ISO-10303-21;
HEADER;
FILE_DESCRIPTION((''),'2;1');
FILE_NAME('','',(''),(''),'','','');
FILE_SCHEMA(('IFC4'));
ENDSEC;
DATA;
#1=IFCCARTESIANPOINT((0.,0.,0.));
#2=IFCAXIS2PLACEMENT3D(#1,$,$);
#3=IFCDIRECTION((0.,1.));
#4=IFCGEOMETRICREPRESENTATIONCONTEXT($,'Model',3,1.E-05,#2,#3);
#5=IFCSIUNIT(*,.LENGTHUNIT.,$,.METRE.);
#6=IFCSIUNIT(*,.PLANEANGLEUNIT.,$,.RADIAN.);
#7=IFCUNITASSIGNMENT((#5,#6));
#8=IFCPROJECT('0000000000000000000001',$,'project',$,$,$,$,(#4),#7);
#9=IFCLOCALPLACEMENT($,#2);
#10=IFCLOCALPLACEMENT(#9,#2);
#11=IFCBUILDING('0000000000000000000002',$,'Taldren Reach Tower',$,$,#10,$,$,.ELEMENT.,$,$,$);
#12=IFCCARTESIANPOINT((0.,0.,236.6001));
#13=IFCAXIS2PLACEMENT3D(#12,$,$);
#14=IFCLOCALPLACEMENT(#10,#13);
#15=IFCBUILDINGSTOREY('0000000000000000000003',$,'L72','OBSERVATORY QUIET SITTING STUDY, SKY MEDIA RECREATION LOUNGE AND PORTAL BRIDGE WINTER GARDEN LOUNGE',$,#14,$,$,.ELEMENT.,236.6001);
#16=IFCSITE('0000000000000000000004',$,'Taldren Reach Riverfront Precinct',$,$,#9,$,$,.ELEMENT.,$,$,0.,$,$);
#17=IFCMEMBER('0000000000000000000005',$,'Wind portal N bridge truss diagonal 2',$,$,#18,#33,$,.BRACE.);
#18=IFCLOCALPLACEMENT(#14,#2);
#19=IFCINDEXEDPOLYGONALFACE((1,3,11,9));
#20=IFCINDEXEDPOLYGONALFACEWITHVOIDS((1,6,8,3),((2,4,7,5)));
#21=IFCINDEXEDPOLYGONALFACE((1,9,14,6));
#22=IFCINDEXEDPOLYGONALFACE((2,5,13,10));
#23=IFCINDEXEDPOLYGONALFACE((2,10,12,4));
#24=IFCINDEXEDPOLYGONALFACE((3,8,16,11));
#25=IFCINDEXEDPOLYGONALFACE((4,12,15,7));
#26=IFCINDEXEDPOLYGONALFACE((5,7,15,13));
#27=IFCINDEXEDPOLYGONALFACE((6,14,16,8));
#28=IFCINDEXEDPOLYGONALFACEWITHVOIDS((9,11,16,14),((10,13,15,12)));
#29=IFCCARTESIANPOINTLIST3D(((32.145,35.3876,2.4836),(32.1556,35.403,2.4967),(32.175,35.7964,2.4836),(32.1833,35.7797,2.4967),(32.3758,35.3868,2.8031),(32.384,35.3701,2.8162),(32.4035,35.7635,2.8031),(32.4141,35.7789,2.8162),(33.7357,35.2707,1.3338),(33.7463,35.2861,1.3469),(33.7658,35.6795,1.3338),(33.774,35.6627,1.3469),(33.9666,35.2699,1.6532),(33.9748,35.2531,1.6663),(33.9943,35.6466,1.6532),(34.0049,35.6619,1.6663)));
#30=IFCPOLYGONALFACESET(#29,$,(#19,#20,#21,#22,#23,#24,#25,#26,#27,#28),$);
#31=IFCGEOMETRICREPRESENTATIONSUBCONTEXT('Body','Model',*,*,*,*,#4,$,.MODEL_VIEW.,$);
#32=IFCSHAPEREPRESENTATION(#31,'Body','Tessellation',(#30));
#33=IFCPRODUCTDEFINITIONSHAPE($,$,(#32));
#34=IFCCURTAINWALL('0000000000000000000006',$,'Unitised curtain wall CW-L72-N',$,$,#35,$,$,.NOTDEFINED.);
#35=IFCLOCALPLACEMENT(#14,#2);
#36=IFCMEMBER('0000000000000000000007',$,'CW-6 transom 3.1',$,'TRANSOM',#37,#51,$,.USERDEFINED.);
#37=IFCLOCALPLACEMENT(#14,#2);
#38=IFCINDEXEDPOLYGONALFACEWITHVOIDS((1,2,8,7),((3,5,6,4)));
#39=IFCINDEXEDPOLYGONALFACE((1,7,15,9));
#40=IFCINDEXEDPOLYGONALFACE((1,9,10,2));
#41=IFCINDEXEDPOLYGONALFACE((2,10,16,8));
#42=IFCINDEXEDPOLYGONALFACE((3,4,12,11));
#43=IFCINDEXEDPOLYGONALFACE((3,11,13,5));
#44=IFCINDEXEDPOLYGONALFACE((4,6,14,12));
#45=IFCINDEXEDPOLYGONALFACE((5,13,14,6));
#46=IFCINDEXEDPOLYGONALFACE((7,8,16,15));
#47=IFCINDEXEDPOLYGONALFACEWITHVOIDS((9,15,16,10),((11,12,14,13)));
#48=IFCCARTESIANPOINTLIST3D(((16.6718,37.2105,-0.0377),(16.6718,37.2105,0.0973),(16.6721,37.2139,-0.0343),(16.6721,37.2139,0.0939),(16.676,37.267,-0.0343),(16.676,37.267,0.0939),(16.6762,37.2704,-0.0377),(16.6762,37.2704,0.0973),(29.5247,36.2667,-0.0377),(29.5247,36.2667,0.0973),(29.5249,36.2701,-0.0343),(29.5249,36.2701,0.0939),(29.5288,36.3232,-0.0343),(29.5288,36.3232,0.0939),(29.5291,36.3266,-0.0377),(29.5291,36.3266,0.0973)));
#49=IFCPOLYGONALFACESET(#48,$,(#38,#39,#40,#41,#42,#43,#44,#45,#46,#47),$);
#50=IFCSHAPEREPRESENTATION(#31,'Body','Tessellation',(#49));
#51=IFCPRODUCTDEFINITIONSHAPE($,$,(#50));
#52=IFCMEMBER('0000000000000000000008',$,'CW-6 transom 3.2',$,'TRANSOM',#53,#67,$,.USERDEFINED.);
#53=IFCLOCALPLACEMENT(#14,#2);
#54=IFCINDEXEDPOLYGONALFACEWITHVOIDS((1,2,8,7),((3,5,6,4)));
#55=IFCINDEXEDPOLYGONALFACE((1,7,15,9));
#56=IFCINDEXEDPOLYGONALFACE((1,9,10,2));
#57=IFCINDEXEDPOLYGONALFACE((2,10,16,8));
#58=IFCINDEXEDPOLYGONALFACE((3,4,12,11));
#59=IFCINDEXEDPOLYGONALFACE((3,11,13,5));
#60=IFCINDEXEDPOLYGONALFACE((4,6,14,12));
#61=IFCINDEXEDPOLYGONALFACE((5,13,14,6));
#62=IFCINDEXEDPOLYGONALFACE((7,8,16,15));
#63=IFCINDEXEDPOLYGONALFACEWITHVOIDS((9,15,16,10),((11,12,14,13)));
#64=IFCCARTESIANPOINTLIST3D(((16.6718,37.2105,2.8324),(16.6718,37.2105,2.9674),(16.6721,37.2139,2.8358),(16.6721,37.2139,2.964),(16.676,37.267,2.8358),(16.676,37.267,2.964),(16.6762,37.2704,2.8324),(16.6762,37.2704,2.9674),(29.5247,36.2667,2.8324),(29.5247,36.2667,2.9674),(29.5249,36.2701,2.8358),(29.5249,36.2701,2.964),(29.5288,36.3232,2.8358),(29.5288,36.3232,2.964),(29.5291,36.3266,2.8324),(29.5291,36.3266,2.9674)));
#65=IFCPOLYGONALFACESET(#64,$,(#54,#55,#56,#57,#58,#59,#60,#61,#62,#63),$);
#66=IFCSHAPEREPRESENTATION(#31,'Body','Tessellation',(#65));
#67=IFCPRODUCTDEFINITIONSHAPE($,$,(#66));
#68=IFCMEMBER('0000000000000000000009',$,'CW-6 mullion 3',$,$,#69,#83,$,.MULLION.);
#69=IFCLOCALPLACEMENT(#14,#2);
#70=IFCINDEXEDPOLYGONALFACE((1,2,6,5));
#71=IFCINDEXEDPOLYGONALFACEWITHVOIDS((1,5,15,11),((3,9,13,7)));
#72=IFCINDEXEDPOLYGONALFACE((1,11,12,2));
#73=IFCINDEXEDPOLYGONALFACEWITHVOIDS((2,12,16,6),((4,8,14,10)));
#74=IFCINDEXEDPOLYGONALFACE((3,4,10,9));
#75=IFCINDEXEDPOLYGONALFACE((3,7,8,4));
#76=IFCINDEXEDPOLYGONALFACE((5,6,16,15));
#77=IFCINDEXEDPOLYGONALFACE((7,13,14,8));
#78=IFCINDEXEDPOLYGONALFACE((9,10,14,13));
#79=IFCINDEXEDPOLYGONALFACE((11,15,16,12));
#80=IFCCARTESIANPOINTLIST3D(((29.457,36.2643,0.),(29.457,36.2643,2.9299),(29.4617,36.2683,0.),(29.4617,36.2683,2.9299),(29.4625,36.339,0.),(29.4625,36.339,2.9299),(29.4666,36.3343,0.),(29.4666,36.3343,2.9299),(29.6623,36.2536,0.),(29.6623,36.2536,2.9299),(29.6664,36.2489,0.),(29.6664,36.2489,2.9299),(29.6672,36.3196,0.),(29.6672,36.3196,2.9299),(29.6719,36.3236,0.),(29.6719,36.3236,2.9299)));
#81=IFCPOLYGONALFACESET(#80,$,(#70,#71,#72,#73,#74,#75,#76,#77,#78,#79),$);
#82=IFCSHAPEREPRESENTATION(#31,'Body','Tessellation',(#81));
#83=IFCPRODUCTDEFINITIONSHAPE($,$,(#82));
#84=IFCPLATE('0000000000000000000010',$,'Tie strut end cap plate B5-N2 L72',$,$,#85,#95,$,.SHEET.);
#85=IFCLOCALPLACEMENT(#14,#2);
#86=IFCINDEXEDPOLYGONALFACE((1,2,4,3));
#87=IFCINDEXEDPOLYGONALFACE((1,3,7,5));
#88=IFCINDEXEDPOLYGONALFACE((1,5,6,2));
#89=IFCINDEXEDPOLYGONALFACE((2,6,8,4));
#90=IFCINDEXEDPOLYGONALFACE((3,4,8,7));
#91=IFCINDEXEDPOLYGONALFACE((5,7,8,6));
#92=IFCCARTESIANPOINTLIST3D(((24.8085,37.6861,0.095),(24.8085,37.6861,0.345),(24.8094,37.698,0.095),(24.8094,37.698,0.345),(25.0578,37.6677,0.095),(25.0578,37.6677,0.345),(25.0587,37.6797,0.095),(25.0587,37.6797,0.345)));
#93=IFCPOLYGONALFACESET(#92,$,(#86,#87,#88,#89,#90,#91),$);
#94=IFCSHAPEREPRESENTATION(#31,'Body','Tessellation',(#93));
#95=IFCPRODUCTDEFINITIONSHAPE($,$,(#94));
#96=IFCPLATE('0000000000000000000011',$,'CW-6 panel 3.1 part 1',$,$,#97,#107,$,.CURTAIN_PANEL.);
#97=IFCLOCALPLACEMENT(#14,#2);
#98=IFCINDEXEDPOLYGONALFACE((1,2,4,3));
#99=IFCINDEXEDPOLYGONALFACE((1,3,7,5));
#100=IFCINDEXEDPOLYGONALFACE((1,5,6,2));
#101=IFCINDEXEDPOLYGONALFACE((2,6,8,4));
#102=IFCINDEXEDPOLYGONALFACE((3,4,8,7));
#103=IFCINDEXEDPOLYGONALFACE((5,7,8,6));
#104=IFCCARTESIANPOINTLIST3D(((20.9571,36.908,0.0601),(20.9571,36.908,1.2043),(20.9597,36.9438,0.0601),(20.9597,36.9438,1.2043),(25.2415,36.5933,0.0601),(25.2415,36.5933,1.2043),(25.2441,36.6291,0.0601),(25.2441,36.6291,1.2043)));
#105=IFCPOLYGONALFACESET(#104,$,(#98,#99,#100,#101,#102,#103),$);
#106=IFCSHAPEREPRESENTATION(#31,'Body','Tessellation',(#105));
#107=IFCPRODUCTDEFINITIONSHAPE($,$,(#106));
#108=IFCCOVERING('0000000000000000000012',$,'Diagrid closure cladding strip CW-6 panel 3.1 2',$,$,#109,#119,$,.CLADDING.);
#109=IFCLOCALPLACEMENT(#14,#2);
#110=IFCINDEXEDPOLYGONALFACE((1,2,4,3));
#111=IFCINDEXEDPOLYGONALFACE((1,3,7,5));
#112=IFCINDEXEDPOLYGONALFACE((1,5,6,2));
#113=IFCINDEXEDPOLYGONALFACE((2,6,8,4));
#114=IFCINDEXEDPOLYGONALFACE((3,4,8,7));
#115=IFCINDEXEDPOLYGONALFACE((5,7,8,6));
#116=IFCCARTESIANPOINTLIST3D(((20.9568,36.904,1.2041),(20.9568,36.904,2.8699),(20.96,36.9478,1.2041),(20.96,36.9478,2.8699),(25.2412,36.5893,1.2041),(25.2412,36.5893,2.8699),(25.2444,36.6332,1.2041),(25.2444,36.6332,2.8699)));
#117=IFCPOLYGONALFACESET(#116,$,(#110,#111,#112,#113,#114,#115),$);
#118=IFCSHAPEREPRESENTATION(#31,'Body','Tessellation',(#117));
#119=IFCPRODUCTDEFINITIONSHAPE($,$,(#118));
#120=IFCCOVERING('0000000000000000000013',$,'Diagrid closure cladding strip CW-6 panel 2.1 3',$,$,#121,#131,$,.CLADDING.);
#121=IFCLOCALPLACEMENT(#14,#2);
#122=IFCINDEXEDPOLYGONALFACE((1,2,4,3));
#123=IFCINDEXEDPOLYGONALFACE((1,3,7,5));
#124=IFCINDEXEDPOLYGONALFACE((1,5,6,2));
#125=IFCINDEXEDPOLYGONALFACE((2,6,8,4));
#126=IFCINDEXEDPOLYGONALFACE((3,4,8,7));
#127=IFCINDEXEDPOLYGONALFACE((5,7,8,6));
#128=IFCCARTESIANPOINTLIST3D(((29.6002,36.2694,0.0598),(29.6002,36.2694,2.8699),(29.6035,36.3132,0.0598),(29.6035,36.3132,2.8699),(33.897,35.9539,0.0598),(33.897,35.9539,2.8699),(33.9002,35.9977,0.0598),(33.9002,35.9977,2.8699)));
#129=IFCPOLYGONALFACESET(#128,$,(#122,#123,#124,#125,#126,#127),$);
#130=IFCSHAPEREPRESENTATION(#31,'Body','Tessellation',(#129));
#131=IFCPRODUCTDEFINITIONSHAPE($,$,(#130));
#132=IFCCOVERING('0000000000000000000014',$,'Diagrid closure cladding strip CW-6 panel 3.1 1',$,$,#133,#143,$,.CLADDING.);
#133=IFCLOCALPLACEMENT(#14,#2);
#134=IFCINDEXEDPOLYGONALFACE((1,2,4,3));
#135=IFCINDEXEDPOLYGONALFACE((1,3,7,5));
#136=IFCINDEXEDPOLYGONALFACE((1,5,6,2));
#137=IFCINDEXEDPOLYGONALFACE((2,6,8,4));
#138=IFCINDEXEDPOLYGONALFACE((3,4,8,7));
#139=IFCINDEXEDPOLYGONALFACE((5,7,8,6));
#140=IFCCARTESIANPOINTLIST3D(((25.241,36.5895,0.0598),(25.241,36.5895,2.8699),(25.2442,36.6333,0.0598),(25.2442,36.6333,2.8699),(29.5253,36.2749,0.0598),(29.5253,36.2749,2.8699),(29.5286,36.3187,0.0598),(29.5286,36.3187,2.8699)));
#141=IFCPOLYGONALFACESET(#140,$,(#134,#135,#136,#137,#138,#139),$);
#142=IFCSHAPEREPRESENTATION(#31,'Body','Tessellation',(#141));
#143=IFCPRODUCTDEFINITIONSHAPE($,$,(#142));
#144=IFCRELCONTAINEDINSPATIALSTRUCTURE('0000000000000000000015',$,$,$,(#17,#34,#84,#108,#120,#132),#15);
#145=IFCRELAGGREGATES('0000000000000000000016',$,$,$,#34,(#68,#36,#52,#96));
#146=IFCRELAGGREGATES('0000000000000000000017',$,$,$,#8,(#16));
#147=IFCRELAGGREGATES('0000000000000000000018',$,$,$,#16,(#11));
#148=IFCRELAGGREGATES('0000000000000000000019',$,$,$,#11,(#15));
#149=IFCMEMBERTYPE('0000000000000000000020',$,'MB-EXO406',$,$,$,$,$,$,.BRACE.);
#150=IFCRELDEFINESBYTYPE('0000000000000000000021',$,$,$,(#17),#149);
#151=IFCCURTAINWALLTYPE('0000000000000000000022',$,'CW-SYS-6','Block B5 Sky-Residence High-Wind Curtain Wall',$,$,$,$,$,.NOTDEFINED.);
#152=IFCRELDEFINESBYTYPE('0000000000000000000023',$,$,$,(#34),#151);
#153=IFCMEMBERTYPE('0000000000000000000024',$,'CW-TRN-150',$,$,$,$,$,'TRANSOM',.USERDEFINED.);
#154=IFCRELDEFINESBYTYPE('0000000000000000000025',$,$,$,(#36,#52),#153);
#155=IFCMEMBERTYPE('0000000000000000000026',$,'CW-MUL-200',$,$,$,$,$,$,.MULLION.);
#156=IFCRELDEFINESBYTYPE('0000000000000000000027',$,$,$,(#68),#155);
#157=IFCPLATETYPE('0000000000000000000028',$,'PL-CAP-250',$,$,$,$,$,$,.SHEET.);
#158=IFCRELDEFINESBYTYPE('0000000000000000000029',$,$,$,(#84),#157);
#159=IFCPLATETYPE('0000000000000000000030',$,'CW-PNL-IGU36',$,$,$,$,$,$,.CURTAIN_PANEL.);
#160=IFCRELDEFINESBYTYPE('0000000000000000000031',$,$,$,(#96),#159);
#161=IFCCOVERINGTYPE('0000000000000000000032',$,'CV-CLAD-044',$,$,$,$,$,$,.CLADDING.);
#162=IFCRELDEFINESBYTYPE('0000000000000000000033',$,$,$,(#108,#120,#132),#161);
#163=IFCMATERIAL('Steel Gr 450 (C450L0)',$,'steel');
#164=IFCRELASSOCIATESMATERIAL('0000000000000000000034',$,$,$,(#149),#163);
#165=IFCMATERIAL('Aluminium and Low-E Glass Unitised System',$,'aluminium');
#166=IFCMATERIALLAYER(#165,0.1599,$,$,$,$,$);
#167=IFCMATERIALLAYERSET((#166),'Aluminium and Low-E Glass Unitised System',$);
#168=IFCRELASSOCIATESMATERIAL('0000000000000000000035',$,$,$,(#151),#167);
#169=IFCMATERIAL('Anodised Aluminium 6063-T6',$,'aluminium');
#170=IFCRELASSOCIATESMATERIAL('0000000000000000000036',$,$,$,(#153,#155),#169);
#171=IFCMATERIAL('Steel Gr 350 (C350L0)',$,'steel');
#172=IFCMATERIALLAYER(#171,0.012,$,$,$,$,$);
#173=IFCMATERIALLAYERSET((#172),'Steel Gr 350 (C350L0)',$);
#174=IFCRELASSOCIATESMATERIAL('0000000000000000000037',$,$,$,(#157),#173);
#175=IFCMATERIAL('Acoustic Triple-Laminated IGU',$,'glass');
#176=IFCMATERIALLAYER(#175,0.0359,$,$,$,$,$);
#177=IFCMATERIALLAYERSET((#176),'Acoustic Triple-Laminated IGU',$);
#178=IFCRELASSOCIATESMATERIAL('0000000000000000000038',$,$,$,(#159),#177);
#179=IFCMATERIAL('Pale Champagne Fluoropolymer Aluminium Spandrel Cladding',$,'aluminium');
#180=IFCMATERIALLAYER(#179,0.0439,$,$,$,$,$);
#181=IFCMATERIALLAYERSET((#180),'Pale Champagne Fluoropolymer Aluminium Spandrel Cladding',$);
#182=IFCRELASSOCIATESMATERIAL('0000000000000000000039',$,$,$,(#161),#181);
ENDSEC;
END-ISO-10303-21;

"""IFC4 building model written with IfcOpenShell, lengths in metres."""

from ifc_helpers import new_model, si_unit, direction, frame, origin, origin_2d, place, context, subcontext, project, spatial, rectangle, hollow_rectangle, extrude, source, transform, mapped, material, layer, layer_set, material_profile, profile_set, type_object, element, aggregate, save


model = new_model("IFC4")

# Units and contexts
model_context = context("Model", 3, precision=1e-05, world=origin(), true_north=direction((0.0, 1.0)))
body_context = subcontext(model_context, "Body", "Model", "MODEL_VIEW")
ifc_project = project(units=[si_unit("LENGTHUNIT", "METRE"), si_unit("PLANEANGLEUNIT", "RADIAN")], contexts=[model_context])

# Site, building, storey
site_placement = place(None, origin())
site = spatial("IfcSite", under=ifc_project, at=site_placement, Name="Taldren Reach Riverfront Precinct", CompositionType="ELEMENT", RefElevation=0.0)
building_placement = place(site_placement, origin())
building = spatial("IfcBuilding", under=site, at=building_placement, Name="Taldren Reach Tower", CompositionType="ELEMENT")
storey_placement = place(building_placement, frame((0.0, 0.0, 236.6001)))
storey = spatial("IfcBuildingStorey", under=building, at=storey_placement, Name="L72", Description="OBSERVATORY QUIET SITTING STUDY, SKY MEDIA RECREATION LOUNGE AND PORTAL BRIDGE WINTER GARDEN LOUNGE", CompositionType="ELEMENT", Elevation=236.6001)

# Shared definitions
ifc_material_1 = material(Name="Steel Gr 350 (C350L0)", Category="steel")

# Shared definitions
ifc_material_2 = material(Name="Steel Gr 450 (C450L0)", Category="steel")

# Member
ifc_material_profile_1 = material_profile(ifc_material_2, hollow_rectangle(XDim=0.4099, YDim=0.4099, WallThickness=0.0161, at=origin_2d()), Name="410x410x16.0SHS")
ifc_profile_set_1 = profile_set([ifc_material_profile_1], Name="Steel Gr 450 (C450L0)")
member_type_1 = type_object("IfcMemberType", Name="MB-EXO406", PredefinedType="BRACE", material=ifc_profile_set_1)
shared_shape_1 = source(origin(), body_context, "Body", "SweptSolid", [
    extrude(hollow_rectangle(XDim=0.4099, YDim=0.4099, WallThickness=0.0161, at=origin_2d()), origin(), (0.0, 0.0, 1.0), 1.9663),
])
member_1_placement = place(storey_placement, frame((32.2795, 35.5833, 2.6499), z_axis=(0.809009, -0.059471, -0.584781), x_axis=(0.073314, 0.997309, 0.0)))
element("IfcMember", 1, at=member_1_placement, inside=storey, type_object=member_type_1, Name="Wind portal N bridge truss diagonal 2", PredefinedType="BRACE", context=body_context, shape_type="MappedRepresentation", body=[
    mapped(shared_shape_1, transform((0.0, 0.0, 0.0), scale=1.0)),
])

# Curtain wall, members
ifc_material_3 = material(Name="Aluminium and Low-E Glass Unitised System", Category="aluminium")
ifc_layer_1 = layer(ifc_material_3, 0.1599)
ifc_layer_set_1 = layer_set([ifc_layer_1], Name="Aluminium and Low-E Glass Unitised System")
curtain_wall_type = type_object("IfcCurtainWallType", Name="CW-SYS-6", Description="Block B5 Sky-Residence High-Wind Curtain Wall", PredefinedType="NOTDEFINED", material=ifc_layer_set_1)
curtain_wall_placement = place(storey_placement, origin())
curtain_wall = element("IfcCurtainWall", 2, at=curtain_wall_placement, inside=storey, type_object=curtain_wall_type, Name="Unitised curtain wall CW-L72-N", PredefinedType="NOTDEFINED")
ifc_material_4 = material(Name="Anodised Aluminium 6063-T6", Category="aluminium")
ifc_material_profile_2 = material_profile(ifc_material_4, hollow_rectangle(XDim=0.0601, YDim=0.135, WallThickness=0.0034, at=origin_2d()), Name="ALU-135x60x3.5RHS")
ifc_profile_set_2 = profile_set([ifc_material_profile_2], Name="Anodised Aluminium 6063-T6")
member_type_2 = type_object("IfcMemberType", Name="CW-TRN-150", ElementType="TRANSOM", PredefinedType="USERDEFINED", material=ifc_profile_set_2)
shared_shape_2 = source(origin(), body_context, "Body", "SweptSolid", [
    extrude(hollow_rectangle(XDim=0.0601, YDim=0.135, WallThickness=0.0034, at=origin_2d()), origin(), (0.0, 0.0, 1.0), 12.8875),
])
member_2_placement = place(storey_placement, frame((29.5269, 36.2966, 0.0298), z_axis=(-0.997314, 0.073238, 0.0), x_axis=(-0.073238, -0.997314, 0.0)))
member_2 = element("IfcMember", 3, at=member_2_placement, type_object=member_type_2, Name="CW-6 transom 3.1", ObjectType="TRANSOM", PredefinedType="USERDEFINED", context=body_context, shape_type="MappedRepresentation", body=[
    mapped(shared_shape_2, transform((0.0, 0.0, 0.0), scale=1.0)),
])
member_3_placement = place(storey_placement, frame((29.5269, 36.2966, 2.8999), z_axis=(-0.997314, 0.073238, 0.0), x_axis=(-0.073238, -0.997314, 0.0)))
member_3 = element("IfcMember", 4, at=member_3_placement, type_object=member_type_2, Name="CW-6 transom 3.2", ObjectType="TRANSOM", PredefinedType="USERDEFINED", context=body_context, shape_type="MappedRepresentation", body=[
    mapped(shared_shape_2, transform((0.0, 0.0, 0.0), scale=1.0)),
])
ifc_material_profile_3 = material_profile(ifc_material_4, hollow_rectangle(XDim=0.075, YDim=0.21, WallThickness=0.0044, at=origin_2d()), Name="ALU-210x75x4.5RHS")
ifc_profile_set_3 = profile_set([ifc_material_profile_3], Name="Anodised Aluminium 6063-T6")
member_type_3 = type_object("IfcMemberType", Name="CW-MUL-200", PredefinedType="MULLION", material=ifc_profile_set_3)
shared_shape_3 = source(origin(), body_context, "Body", "SweptSolid", [
    extrude(hollow_rectangle(XDim=0.075, YDim=0.21, WallThickness=0.0044, at=origin_2d()), origin(), (0.0, 0.0, 1.0), 2.9299),
])
member_4_placement = place(storey_placement, frame((29.5645, 36.2939, 0.0), z_axis=(0.0, 0.0, 1.0), x_axis=(-0.073238, -0.997314, 0.0)))
member_4 = element("IfcMember", 5, at=member_4_placement, type_object=member_type_3, Name="CW-6 mullion 3", PredefinedType="MULLION", context=body_context, shape_type="MappedRepresentation", body=[
    mapped(shared_shape_3, transform((0.0, 0.0, 0.0), scale=1.0)),
])

# Plates
ifc_layer_2 = layer(ifc_material_1, 0.012)
ifc_layer_set_2 = layer_set([ifc_layer_2], Name="Steel Gr 350 (C350L0)")
plate_type_1 = type_object("IfcPlateType", Name="PL-CAP-250", PredefinedType="SHEET", material=ifc_layer_set_2)
shared_shape_4 = source(origin(), body_context, "Body", "SweptSolid", [
    extrude(rectangle(XDim=0.25, YDim=0.012, at=origin_2d()), origin(), (0.0, 0.0, 1.0), 0.25),
])
plate_1_placement = place(storey_placement, frame((24.9336, 37.6829, 0.095), z_axis=(0.0, 0.0, 1.0), x_axis=(0.997314, -0.073238, 0.0)))
element("IfcPlate", 6, at=plate_1_placement, inside=storey, type_object=plate_type_1, Name="Tie strut end cap plate B5-N2 L72", PredefinedType="SHEET", context=body_context, shape_type="MappedRepresentation", body=[
    mapped(shared_shape_4, transform((0.0, 0.0, 0.0), scale=1.0)),
])
ifc_material_5 = material(Name="Acoustic Triple-Laminated IGU", Category="glass")
ifc_layer_3 = layer(ifc_material_5, 0.0359)
ifc_layer_set_3 = layer_set([ifc_layer_3], Name="Acoustic Triple-Laminated IGU")
plate_type_2 = type_object("IfcPlateType", Name="CW-PNL-IGU36", PredefinedType="CURTAIN_PANEL", material=ifc_layer_set_3)
shared_shape_5 = source(origin(), body_context, "Body", "SweptSolid", [
    extrude(rectangle(XDim=4.2959, YDim=0.0359, at=origin_2d()), origin(), (0.0, 0.0, 1.0), 1.1443),
])
plate_2_placement = place(storey_placement, frame((23.1006, 36.7686, 0.0601), z_axis=(0.0, 0.0, 1.0), x_axis=(-0.997314, 0.073238, 0.0)))
plate_2 = element("IfcPlate", 7, at=plate_2_placement, type_object=plate_type_2, Name="CW-6 panel 3.1 part 1", PredefinedType="CURTAIN_PANEL", context=body_context, shape_type="MappedRepresentation", body=[
    mapped(shared_shape_5, transform((0.0, 0.0, 0.0), scale=1.0)),
])
aggregate(curtain_wall, [member_4, member_2, member_3, plate_2])

# Coverings
ifc_material_6 = material(Name="Pale Champagne Fluoropolymer Aluminium Spandrel Cladding", Category="aluminium")
ifc_layer_4 = layer(ifc_material_6, 0.0439)
ifc_layer_set_4 = layer_set([ifc_layer_4], Name="Pale Champagne Fluoropolymer Aluminium Spandrel Cladding")
covering_type = type_object("IfcCoveringType", Name="CV-CLAD-044", PredefinedType="CLADDING", material=ifc_layer_set_4)
shared_shape_6 = source(origin(), body_context, "Body", "SweptSolid", [
    extrude(rectangle(XDim=4.2959, YDim=0.0439, at=origin_2d()), origin(), (0.0, 0.0, 1.0), 1.6658),
])
covering_1_placement = place(storey_placement, frame((23.1006, 36.7686, 1.2041), z_axis=(0.0, 0.0, 1.0), x_axis=(-0.997314, 0.073238, 0.0)))
element("IfcCovering", 8, at=covering_1_placement, inside=storey, type_object=covering_type, Name="Diagrid closure cladding strip CW-6 panel 3.1 2", PredefinedType="CLADDING", context=body_context, shape_type="MappedRepresentation", body=[
    mapped(shared_shape_6, transform((0.0, 0.0, 0.0), scale=1.0)),
])
shared_shape_7 = source(origin(), body_context, "Body", "SweptSolid", [
    extrude(rectangle(XDim=4.3083, YDim=0.0439, at=origin_2d()), origin(), (0.0, 0.0, 1.0), 2.8101),
])
covering_2_placement = place(storey_placement, frame((31.7502, 36.1335, 0.0598), z_axis=(0.0, 0.0, 1.0), x_axis=(-0.997314, 0.073238, 0.0)))
element("IfcCovering", 9, at=covering_2_placement, inside=storey, type_object=covering_type, Name="Diagrid closure cladding strip CW-6 panel 2.1 3", PredefinedType="CLADDING", context=body_context, shape_type="MappedRepresentation", body=[
    mapped(shared_shape_7, transform((0.0, 0.0, 0.0), scale=1.0)),
])
shared_shape_8 = source(origin(), body_context, "Body", "SweptSolid", [
    extrude(rectangle(XDim=4.2959, YDim=0.0439, at=origin_2d()), origin(), (0.0, 0.0, 1.0), 2.8101),
])
covering_3_placement = place(storey_placement, frame((27.3848, 36.4541, 0.0598), z_axis=(0.0, 0.0, 1.0), x_axis=(-0.997314, 0.073238, 0.0)))
element("IfcCovering", 10, at=covering_3_placement, inside=storey, type_object=covering_type, Name="Diagrid closure cladding strip CW-6 panel 3.1 1", PredefinedType="CLADDING", context=body_context, shape_type="MappedRepresentation", body=[
    mapped(shared_shape_8, transform((0.0, 0.0, 0.0), scale=1.0)),
])

save(model, "model.ifc")
